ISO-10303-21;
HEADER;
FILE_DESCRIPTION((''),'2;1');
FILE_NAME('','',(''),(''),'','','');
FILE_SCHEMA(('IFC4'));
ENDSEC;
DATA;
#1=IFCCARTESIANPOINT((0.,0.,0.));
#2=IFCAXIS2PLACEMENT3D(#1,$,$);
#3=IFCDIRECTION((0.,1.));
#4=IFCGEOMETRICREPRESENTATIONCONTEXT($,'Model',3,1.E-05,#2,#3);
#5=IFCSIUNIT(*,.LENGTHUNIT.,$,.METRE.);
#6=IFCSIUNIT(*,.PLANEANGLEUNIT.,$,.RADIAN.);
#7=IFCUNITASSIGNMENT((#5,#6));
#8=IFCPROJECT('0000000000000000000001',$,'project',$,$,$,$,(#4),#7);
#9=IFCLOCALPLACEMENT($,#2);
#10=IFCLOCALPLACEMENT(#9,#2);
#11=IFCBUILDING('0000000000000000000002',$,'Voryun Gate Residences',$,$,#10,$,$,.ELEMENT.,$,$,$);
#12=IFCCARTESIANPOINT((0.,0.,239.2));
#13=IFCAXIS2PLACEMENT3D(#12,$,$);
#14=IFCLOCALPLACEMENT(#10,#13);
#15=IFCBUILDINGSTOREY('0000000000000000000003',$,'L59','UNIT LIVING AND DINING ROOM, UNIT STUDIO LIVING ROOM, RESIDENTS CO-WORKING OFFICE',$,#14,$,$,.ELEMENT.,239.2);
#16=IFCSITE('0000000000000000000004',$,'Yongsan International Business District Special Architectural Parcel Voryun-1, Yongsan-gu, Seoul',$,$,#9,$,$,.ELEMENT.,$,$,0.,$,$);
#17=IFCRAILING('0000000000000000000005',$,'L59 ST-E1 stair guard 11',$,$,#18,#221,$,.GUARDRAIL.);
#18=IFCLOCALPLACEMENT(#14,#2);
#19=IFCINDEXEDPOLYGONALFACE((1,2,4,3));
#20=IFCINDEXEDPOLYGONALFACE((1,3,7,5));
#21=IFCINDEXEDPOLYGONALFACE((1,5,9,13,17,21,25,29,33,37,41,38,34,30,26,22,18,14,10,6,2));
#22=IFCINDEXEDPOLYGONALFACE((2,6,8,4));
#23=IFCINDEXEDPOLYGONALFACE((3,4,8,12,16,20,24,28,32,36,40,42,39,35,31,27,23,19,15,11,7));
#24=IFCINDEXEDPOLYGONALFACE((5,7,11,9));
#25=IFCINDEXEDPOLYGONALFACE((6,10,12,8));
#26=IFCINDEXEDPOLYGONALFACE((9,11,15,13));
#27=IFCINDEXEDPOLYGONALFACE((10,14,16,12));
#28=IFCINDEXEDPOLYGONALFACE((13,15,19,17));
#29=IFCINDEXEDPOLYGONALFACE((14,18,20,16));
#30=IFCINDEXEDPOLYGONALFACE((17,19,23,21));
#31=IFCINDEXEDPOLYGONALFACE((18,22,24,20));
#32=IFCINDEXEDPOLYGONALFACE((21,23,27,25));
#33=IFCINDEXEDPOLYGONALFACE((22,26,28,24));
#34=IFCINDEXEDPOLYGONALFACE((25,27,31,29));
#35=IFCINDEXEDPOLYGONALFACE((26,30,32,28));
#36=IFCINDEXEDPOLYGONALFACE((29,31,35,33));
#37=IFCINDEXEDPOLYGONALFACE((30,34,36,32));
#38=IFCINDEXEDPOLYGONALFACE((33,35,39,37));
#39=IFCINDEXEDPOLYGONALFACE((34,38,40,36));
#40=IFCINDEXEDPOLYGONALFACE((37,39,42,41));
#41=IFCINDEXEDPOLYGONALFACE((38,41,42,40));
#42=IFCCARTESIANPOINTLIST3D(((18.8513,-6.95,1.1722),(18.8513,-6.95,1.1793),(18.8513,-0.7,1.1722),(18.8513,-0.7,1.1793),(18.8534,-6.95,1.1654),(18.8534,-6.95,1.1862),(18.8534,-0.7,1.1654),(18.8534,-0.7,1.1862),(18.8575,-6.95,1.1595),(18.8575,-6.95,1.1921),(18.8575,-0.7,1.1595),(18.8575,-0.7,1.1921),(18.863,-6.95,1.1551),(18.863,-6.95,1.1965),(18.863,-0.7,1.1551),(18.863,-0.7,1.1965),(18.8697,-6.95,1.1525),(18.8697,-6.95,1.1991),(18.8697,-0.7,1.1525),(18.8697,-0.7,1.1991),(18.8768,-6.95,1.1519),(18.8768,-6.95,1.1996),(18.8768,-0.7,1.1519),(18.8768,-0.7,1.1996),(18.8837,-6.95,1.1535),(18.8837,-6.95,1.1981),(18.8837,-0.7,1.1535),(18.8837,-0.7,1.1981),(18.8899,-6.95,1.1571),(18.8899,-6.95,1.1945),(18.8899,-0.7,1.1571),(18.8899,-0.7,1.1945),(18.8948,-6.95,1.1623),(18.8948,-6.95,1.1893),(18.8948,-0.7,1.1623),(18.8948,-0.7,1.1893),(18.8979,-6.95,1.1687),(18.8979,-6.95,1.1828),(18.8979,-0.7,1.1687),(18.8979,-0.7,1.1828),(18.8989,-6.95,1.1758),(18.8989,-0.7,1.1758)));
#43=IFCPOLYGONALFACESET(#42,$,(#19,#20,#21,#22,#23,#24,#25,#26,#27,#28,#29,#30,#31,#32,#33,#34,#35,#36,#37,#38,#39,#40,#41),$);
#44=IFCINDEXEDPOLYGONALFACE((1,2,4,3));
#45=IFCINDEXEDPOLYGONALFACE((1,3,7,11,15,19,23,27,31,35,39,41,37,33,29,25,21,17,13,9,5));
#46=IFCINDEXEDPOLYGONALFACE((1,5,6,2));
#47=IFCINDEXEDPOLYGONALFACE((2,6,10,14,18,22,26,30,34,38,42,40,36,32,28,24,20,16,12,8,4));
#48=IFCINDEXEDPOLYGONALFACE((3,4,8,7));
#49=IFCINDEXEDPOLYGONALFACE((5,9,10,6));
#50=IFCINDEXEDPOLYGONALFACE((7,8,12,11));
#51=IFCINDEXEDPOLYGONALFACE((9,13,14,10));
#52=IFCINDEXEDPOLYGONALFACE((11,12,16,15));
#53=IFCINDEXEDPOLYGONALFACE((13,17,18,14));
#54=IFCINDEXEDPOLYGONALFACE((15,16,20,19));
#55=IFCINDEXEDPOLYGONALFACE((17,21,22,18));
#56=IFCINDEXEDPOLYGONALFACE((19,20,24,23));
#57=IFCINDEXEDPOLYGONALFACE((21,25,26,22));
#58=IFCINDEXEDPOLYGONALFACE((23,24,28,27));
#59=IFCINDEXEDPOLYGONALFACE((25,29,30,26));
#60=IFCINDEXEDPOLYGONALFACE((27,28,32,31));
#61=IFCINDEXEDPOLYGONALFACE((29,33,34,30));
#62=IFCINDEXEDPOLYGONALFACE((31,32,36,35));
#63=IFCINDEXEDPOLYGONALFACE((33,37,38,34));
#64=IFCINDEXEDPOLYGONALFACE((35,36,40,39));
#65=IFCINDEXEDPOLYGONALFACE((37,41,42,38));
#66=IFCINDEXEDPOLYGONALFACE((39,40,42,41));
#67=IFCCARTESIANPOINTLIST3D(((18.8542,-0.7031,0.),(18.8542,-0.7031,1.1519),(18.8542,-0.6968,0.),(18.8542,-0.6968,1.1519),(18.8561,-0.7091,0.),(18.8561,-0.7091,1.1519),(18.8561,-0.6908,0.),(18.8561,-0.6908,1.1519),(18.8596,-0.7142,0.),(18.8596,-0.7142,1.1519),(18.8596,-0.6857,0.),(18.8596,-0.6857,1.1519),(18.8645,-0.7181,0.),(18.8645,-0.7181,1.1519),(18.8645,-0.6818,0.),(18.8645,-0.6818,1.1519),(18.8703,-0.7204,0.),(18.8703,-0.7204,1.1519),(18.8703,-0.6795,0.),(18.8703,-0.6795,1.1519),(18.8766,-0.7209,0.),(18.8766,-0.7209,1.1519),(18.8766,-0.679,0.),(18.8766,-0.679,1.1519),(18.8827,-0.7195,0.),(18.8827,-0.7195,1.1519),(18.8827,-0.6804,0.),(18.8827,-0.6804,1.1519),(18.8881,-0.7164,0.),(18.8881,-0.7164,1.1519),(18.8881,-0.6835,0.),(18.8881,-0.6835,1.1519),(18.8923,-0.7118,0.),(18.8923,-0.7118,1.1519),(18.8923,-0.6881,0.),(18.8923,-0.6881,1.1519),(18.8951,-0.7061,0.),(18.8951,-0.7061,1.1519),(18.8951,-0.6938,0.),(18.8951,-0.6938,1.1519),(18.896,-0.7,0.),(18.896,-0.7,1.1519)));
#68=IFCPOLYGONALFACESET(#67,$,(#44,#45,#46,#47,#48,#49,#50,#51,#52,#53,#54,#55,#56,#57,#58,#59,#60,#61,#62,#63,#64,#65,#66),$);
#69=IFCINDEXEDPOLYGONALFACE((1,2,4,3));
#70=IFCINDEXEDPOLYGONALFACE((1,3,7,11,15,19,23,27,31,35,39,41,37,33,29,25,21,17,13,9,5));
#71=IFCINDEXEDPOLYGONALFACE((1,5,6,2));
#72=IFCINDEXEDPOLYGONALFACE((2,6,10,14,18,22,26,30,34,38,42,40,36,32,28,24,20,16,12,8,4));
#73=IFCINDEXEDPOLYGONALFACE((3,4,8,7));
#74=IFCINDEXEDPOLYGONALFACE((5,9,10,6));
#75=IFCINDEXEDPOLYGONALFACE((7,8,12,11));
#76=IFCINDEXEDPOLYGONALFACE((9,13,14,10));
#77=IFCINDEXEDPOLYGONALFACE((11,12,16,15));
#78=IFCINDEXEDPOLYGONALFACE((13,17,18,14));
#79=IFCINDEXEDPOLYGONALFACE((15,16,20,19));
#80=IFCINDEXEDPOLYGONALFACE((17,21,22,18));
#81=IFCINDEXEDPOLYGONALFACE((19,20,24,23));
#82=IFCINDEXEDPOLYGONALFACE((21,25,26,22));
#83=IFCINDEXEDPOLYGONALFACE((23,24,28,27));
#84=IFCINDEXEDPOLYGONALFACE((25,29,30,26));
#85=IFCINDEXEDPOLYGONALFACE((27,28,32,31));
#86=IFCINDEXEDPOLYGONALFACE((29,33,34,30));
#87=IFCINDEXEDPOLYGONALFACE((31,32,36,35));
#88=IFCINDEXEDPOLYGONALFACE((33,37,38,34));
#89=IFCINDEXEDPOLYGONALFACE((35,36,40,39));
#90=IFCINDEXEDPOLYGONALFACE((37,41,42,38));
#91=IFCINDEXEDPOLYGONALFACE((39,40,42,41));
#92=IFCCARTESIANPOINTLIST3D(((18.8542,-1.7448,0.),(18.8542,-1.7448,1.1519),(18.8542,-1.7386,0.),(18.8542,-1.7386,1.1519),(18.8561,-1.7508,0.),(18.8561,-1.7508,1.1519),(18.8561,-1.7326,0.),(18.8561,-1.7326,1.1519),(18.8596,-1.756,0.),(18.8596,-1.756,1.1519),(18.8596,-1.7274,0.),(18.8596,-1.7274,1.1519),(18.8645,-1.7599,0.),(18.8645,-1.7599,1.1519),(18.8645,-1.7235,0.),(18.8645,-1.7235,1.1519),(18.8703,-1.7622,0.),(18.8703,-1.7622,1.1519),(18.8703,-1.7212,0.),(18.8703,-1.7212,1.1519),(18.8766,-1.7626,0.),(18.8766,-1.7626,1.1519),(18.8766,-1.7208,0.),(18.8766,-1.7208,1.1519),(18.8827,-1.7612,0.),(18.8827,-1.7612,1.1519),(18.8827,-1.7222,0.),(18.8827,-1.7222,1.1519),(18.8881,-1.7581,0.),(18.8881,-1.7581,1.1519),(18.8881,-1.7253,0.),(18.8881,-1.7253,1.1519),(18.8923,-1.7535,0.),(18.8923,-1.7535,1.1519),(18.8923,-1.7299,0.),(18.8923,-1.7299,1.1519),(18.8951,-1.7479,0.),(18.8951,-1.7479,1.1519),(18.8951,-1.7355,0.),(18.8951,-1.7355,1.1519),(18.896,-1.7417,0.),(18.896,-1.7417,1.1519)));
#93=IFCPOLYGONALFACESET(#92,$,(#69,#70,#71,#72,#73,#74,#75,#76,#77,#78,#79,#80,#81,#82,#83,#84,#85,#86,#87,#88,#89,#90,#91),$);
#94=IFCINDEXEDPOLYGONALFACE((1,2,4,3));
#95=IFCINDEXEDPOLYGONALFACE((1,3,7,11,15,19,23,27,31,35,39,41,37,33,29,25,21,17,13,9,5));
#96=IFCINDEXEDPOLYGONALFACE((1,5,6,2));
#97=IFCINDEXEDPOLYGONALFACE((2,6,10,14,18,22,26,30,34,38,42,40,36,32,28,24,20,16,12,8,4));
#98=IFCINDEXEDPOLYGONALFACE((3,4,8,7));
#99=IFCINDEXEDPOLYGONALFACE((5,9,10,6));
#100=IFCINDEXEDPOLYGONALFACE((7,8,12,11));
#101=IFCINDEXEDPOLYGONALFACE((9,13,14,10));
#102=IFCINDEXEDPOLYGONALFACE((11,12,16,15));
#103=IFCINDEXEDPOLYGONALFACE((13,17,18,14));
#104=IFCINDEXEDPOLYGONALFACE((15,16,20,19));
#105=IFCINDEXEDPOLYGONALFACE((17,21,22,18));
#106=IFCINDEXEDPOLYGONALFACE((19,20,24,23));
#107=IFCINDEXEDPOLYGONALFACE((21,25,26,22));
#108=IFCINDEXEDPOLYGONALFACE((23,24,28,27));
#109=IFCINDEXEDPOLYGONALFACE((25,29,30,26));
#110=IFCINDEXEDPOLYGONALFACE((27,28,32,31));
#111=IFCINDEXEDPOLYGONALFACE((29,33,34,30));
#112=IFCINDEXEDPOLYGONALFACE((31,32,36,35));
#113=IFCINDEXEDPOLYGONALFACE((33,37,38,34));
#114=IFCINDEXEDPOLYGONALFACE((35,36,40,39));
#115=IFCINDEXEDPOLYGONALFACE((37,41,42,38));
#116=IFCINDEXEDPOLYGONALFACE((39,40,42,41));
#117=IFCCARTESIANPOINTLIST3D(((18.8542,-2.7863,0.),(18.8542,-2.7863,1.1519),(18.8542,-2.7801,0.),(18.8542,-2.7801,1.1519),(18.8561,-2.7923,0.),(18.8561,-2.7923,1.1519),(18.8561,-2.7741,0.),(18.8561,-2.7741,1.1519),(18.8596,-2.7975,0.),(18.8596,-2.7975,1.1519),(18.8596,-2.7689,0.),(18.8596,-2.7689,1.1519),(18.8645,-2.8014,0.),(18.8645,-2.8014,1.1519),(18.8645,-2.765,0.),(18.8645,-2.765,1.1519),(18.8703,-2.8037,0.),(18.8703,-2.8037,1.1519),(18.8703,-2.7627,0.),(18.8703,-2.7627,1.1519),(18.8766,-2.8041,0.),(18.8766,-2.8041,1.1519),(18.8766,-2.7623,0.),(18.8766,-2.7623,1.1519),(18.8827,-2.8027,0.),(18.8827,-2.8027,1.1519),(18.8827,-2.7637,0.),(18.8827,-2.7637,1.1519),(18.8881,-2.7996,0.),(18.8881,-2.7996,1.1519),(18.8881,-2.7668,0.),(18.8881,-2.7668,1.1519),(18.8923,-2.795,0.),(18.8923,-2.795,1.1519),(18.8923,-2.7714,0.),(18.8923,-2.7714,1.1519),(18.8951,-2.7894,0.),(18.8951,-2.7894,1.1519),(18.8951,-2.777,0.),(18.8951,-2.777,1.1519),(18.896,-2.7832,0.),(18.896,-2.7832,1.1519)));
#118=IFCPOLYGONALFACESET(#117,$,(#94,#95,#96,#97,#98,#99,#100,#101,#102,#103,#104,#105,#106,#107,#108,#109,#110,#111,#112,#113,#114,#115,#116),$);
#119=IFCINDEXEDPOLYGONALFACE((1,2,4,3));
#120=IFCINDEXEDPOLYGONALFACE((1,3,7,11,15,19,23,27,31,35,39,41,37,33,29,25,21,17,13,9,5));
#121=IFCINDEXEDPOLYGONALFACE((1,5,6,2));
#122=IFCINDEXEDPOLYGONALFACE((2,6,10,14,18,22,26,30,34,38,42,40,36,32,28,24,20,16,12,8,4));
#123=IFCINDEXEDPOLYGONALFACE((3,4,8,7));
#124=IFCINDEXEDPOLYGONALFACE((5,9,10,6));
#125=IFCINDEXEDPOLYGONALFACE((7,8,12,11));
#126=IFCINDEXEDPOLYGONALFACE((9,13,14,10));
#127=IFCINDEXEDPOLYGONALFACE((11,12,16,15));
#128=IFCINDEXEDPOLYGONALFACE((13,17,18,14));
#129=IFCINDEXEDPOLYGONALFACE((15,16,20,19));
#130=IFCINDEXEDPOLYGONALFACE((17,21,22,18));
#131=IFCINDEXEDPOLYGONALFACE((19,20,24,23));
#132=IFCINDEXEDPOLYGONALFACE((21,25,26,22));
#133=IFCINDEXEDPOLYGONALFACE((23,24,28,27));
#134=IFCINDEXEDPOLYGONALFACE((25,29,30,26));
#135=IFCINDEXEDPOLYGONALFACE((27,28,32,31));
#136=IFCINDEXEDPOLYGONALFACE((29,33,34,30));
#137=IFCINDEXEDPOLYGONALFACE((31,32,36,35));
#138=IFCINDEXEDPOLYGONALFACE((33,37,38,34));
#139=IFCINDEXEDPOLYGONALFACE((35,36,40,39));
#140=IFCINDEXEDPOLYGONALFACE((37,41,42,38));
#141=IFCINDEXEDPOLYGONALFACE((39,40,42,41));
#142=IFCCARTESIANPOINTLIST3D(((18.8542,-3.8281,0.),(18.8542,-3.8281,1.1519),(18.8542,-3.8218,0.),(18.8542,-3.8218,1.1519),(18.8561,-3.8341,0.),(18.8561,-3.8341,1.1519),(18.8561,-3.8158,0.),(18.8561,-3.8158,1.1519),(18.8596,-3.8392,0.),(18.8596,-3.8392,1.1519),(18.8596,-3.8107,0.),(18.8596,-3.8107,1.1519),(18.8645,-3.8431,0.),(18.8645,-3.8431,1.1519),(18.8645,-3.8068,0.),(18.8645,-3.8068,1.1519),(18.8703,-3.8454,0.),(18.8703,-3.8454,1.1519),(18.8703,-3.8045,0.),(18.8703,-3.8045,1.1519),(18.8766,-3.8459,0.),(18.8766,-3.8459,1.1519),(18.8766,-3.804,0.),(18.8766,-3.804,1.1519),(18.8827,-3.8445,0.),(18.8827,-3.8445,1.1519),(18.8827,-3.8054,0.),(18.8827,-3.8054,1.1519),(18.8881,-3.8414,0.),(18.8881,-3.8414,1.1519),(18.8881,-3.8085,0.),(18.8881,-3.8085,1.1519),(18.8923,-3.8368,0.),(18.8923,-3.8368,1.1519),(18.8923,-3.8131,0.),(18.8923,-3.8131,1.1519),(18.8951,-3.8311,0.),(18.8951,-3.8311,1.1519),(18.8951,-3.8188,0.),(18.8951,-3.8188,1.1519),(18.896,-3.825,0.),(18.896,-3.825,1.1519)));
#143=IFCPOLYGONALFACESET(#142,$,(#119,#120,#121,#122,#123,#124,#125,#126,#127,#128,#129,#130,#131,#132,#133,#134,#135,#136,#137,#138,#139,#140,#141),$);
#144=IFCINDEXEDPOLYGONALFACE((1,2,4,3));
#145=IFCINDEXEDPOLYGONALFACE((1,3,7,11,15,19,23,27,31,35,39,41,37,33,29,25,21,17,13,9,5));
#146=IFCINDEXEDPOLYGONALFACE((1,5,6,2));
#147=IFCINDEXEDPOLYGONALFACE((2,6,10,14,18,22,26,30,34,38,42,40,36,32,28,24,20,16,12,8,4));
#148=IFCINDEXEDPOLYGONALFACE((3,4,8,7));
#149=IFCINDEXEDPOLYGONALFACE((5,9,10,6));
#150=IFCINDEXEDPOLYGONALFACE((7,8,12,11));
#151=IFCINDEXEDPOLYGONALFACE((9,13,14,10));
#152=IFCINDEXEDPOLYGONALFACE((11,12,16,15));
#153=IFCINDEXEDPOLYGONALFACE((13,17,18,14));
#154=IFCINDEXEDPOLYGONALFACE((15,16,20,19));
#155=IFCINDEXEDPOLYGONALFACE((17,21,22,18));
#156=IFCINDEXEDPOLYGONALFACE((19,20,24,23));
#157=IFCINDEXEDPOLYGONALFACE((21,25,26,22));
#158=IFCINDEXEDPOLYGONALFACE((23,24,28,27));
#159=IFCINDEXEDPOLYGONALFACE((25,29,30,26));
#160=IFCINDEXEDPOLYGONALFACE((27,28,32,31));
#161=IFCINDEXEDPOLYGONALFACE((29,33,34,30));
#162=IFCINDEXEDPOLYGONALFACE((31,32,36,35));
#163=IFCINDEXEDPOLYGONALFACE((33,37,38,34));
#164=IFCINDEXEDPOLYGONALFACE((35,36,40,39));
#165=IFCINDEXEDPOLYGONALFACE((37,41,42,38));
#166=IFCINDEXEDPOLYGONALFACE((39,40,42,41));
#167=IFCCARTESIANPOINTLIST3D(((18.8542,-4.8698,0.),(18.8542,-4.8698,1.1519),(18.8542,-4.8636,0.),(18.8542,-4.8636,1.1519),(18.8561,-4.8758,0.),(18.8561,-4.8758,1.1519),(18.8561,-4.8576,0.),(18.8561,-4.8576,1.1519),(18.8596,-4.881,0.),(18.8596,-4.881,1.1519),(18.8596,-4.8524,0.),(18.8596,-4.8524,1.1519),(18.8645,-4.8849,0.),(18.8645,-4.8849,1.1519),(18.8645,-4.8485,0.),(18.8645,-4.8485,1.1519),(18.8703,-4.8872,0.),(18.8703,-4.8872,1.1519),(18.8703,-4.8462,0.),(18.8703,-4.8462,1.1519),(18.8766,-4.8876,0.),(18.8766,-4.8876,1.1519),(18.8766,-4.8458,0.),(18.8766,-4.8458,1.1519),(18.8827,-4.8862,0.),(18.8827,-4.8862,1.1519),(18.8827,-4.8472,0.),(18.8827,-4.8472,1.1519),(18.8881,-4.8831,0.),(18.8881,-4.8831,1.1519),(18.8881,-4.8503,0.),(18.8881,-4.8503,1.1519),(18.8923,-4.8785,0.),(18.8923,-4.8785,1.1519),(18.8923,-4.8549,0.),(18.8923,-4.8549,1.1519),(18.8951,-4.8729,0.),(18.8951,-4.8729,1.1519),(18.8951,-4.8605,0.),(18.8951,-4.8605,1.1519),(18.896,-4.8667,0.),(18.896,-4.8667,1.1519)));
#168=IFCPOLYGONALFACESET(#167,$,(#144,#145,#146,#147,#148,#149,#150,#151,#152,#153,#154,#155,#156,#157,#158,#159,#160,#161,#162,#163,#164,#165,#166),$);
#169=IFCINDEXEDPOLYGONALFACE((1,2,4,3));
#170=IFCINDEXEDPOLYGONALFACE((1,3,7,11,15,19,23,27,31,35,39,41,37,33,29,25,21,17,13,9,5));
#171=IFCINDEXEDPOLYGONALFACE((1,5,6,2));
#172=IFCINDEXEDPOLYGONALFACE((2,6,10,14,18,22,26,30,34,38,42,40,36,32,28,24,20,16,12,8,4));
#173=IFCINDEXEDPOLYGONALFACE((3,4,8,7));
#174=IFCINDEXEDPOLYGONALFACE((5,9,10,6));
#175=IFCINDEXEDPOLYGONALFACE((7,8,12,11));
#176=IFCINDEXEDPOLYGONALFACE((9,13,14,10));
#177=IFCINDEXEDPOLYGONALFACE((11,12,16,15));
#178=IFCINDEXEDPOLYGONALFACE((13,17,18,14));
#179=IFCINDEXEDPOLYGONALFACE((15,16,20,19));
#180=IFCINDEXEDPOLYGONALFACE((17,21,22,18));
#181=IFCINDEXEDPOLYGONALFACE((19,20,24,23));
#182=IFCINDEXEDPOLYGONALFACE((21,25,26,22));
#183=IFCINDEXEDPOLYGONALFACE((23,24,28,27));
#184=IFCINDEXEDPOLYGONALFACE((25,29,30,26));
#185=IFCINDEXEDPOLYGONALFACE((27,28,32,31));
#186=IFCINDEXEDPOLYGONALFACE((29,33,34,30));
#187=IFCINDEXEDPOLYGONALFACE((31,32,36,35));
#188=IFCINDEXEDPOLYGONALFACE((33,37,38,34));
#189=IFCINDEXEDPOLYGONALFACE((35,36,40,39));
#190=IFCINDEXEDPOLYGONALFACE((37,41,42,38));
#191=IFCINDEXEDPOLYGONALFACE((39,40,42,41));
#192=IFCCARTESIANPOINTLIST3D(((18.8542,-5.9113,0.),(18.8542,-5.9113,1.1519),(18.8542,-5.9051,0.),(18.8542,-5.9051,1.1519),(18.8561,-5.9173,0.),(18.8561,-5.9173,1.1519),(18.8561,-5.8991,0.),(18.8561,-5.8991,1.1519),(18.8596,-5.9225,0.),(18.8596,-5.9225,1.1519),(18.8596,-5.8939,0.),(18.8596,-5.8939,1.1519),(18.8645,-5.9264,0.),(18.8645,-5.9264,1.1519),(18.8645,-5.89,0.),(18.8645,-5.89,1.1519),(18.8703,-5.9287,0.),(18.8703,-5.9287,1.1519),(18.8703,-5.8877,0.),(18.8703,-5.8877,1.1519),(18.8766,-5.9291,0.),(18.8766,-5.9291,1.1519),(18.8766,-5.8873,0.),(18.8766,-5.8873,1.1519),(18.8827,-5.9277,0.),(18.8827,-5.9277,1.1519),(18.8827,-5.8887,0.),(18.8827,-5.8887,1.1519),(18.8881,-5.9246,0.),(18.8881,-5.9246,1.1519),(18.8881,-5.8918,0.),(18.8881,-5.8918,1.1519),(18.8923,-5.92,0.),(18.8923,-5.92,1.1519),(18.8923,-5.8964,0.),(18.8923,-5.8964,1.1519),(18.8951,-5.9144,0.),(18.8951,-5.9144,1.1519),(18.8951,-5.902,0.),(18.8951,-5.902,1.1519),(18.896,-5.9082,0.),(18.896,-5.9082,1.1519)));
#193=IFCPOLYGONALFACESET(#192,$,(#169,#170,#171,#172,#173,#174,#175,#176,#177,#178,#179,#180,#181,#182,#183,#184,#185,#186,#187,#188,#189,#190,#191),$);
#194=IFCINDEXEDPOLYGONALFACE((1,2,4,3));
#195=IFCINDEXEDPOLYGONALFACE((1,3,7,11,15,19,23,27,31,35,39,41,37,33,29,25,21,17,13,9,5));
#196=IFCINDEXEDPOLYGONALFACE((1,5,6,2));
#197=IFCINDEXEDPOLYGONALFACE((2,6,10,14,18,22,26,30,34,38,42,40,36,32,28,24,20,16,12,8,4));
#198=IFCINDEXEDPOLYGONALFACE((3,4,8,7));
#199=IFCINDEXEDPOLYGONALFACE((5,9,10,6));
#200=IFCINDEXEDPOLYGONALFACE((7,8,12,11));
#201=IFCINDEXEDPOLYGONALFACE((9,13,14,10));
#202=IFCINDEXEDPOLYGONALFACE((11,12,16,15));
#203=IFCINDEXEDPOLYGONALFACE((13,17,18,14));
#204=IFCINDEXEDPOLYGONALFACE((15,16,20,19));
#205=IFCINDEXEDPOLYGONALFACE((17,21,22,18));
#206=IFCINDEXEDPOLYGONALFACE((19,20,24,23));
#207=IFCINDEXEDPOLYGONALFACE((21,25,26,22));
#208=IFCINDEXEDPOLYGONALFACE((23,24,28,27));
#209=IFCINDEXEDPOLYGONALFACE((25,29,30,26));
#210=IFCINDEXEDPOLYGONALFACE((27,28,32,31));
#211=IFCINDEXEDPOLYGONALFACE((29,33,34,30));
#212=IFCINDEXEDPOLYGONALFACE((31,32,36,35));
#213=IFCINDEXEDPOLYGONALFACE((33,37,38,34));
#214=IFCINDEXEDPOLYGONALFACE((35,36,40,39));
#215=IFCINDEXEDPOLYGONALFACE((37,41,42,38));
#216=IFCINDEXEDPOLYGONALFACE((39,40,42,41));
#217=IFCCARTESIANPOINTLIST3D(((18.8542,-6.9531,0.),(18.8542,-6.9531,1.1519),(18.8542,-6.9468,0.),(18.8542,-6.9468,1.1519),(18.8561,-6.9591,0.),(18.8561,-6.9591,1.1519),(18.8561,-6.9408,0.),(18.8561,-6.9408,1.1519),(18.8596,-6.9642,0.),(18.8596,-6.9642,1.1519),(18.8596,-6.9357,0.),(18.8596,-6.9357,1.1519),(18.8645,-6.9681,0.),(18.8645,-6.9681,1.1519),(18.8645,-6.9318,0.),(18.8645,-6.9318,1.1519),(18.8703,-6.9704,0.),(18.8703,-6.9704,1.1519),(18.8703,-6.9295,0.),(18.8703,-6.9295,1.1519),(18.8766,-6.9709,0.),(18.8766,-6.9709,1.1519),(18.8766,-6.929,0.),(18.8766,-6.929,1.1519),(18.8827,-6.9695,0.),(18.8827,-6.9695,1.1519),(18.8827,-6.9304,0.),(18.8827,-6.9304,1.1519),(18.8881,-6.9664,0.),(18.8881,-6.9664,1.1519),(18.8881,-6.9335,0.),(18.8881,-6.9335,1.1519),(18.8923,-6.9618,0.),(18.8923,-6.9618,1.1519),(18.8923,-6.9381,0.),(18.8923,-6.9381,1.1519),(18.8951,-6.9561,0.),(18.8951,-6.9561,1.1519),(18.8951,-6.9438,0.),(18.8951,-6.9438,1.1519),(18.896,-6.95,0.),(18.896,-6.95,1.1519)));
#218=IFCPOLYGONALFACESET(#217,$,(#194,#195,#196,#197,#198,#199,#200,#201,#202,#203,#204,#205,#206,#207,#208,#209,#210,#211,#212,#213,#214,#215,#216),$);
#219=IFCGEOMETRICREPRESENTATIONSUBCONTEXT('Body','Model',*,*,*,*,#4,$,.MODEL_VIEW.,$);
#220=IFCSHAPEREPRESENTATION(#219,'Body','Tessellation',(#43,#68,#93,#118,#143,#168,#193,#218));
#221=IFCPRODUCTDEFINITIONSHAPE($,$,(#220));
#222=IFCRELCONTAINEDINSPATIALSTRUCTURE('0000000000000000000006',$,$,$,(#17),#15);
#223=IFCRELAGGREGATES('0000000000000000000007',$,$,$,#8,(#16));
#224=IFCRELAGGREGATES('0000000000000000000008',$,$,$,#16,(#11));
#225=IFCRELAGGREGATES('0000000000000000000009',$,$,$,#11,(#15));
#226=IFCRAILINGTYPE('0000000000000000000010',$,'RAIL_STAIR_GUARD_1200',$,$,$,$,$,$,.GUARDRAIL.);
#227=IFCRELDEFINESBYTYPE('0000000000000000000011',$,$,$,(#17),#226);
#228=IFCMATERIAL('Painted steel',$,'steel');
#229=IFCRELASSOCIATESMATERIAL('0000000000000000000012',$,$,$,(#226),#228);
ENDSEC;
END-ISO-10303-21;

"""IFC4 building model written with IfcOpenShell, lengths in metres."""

from ifc_helpers import new_model, si_unit, direction, frame, origin, origin_2d, place, context, subcontext, project, spatial, circle, extrude, material, type_object, element, save


model = new_model("IFC4")

# Units and contexts
model_context = context("Model", 3, precision=1e-05, world=origin(), true_north=direction((0.0, 1.0)))
body_context = subcontext(model_context, "Body", "Model", "MODEL_VIEW")
ifc_project = project(units=[si_unit("LENGTHUNIT", "METRE"), si_unit("PLANEANGLEUNIT", "RADIAN")], contexts=[model_context])

# Site, building, storey
site_placement = place(None, origin())
site = spatial("IfcSite", under=ifc_project, at=site_placement, Name="Yongsan International Business District Special Architectural Parcel Voryun-1, Yongsan-gu, Seoul", CompositionType="ELEMENT", RefElevation=0.0)
building_placement = place(site_placement, origin())
building = spatial("IfcBuilding", under=site, at=building_placement, Name="Voryun Gate Residences", CompositionType="ELEMENT")
storey_placement = place(building_placement, frame((0.0, 0.0, 239.2)))
storey = spatial("IfcBuildingStorey", under=building, at=storey_placement, Name="L59", Description="UNIT LIVING AND DINING ROOM, UNIT STUDIO LIVING ROOM, RESIDENTS CO-WORKING OFFICE", CompositionType="ELEMENT", Elevation=239.2)

# Railing
ifc_material_1 = material(Name="Painted steel", Category="steel")
railing_type = type_object("IfcRailingType", Name="RAIL_STAIR_GUARD_1200", PredefinedType="GUARDRAIL", material=ifc_material_1)
railing_1_placement = place(storey_placement, frame((18.875, -0.7, 0.0)))
element("IfcRailing", 1, at=railing_1_placement, inside=storey, type_object=railing_type, Name="L59 ST-E1 stair guard 11", PredefinedType="GUARDRAIL", context=body_context, shape_type="SweptSolid", body=[
    extrude(circle(Radius=0.0239, at=origin_2d()), frame((0.0, 0.0, 1.1758), z_axis=(0.0, -1.0, 0.0), x_axis=(1.0, 0.0, 0.0)), (0.0, 0.0, 1.0), 6.25),
    extrude(circle(Radius=0.021, at=origin_2d()), origin(), (0.0, 0.0, 1.0), 1.1519),
    extrude(circle(Radius=0.021, at=origin_2d()), frame((0.0, -1.0417, 0.0)), (0.0, 0.0, 1.0), 1.1519),
    extrude(circle(Radius=0.021, at=origin_2d()), frame((0.0, -2.0833, 0.0)), (0.0, 0.0, 1.0), 1.1519),
    extrude(circle(Radius=0.021, at=origin_2d()), frame((0.0, -3.125, 0.0)), (0.0, 0.0, 1.0), 1.1519),
    extrude(circle(Radius=0.021, at=origin_2d()), frame((0.0, -4.1667, 0.0)), (0.0, 0.0, 1.0), 1.1519),
    extrude(circle(Radius=0.021, at=origin_2d()), frame((0.0, -5.2083, 0.0)), (0.0, 0.0, 1.0), 1.1519),
    extrude(circle(Radius=0.021, at=origin_2d()), frame((0.0, -6.25, 0.0)), (0.0, 0.0, 1.0), 1.1519),
])

save(model, "model.ifc")
